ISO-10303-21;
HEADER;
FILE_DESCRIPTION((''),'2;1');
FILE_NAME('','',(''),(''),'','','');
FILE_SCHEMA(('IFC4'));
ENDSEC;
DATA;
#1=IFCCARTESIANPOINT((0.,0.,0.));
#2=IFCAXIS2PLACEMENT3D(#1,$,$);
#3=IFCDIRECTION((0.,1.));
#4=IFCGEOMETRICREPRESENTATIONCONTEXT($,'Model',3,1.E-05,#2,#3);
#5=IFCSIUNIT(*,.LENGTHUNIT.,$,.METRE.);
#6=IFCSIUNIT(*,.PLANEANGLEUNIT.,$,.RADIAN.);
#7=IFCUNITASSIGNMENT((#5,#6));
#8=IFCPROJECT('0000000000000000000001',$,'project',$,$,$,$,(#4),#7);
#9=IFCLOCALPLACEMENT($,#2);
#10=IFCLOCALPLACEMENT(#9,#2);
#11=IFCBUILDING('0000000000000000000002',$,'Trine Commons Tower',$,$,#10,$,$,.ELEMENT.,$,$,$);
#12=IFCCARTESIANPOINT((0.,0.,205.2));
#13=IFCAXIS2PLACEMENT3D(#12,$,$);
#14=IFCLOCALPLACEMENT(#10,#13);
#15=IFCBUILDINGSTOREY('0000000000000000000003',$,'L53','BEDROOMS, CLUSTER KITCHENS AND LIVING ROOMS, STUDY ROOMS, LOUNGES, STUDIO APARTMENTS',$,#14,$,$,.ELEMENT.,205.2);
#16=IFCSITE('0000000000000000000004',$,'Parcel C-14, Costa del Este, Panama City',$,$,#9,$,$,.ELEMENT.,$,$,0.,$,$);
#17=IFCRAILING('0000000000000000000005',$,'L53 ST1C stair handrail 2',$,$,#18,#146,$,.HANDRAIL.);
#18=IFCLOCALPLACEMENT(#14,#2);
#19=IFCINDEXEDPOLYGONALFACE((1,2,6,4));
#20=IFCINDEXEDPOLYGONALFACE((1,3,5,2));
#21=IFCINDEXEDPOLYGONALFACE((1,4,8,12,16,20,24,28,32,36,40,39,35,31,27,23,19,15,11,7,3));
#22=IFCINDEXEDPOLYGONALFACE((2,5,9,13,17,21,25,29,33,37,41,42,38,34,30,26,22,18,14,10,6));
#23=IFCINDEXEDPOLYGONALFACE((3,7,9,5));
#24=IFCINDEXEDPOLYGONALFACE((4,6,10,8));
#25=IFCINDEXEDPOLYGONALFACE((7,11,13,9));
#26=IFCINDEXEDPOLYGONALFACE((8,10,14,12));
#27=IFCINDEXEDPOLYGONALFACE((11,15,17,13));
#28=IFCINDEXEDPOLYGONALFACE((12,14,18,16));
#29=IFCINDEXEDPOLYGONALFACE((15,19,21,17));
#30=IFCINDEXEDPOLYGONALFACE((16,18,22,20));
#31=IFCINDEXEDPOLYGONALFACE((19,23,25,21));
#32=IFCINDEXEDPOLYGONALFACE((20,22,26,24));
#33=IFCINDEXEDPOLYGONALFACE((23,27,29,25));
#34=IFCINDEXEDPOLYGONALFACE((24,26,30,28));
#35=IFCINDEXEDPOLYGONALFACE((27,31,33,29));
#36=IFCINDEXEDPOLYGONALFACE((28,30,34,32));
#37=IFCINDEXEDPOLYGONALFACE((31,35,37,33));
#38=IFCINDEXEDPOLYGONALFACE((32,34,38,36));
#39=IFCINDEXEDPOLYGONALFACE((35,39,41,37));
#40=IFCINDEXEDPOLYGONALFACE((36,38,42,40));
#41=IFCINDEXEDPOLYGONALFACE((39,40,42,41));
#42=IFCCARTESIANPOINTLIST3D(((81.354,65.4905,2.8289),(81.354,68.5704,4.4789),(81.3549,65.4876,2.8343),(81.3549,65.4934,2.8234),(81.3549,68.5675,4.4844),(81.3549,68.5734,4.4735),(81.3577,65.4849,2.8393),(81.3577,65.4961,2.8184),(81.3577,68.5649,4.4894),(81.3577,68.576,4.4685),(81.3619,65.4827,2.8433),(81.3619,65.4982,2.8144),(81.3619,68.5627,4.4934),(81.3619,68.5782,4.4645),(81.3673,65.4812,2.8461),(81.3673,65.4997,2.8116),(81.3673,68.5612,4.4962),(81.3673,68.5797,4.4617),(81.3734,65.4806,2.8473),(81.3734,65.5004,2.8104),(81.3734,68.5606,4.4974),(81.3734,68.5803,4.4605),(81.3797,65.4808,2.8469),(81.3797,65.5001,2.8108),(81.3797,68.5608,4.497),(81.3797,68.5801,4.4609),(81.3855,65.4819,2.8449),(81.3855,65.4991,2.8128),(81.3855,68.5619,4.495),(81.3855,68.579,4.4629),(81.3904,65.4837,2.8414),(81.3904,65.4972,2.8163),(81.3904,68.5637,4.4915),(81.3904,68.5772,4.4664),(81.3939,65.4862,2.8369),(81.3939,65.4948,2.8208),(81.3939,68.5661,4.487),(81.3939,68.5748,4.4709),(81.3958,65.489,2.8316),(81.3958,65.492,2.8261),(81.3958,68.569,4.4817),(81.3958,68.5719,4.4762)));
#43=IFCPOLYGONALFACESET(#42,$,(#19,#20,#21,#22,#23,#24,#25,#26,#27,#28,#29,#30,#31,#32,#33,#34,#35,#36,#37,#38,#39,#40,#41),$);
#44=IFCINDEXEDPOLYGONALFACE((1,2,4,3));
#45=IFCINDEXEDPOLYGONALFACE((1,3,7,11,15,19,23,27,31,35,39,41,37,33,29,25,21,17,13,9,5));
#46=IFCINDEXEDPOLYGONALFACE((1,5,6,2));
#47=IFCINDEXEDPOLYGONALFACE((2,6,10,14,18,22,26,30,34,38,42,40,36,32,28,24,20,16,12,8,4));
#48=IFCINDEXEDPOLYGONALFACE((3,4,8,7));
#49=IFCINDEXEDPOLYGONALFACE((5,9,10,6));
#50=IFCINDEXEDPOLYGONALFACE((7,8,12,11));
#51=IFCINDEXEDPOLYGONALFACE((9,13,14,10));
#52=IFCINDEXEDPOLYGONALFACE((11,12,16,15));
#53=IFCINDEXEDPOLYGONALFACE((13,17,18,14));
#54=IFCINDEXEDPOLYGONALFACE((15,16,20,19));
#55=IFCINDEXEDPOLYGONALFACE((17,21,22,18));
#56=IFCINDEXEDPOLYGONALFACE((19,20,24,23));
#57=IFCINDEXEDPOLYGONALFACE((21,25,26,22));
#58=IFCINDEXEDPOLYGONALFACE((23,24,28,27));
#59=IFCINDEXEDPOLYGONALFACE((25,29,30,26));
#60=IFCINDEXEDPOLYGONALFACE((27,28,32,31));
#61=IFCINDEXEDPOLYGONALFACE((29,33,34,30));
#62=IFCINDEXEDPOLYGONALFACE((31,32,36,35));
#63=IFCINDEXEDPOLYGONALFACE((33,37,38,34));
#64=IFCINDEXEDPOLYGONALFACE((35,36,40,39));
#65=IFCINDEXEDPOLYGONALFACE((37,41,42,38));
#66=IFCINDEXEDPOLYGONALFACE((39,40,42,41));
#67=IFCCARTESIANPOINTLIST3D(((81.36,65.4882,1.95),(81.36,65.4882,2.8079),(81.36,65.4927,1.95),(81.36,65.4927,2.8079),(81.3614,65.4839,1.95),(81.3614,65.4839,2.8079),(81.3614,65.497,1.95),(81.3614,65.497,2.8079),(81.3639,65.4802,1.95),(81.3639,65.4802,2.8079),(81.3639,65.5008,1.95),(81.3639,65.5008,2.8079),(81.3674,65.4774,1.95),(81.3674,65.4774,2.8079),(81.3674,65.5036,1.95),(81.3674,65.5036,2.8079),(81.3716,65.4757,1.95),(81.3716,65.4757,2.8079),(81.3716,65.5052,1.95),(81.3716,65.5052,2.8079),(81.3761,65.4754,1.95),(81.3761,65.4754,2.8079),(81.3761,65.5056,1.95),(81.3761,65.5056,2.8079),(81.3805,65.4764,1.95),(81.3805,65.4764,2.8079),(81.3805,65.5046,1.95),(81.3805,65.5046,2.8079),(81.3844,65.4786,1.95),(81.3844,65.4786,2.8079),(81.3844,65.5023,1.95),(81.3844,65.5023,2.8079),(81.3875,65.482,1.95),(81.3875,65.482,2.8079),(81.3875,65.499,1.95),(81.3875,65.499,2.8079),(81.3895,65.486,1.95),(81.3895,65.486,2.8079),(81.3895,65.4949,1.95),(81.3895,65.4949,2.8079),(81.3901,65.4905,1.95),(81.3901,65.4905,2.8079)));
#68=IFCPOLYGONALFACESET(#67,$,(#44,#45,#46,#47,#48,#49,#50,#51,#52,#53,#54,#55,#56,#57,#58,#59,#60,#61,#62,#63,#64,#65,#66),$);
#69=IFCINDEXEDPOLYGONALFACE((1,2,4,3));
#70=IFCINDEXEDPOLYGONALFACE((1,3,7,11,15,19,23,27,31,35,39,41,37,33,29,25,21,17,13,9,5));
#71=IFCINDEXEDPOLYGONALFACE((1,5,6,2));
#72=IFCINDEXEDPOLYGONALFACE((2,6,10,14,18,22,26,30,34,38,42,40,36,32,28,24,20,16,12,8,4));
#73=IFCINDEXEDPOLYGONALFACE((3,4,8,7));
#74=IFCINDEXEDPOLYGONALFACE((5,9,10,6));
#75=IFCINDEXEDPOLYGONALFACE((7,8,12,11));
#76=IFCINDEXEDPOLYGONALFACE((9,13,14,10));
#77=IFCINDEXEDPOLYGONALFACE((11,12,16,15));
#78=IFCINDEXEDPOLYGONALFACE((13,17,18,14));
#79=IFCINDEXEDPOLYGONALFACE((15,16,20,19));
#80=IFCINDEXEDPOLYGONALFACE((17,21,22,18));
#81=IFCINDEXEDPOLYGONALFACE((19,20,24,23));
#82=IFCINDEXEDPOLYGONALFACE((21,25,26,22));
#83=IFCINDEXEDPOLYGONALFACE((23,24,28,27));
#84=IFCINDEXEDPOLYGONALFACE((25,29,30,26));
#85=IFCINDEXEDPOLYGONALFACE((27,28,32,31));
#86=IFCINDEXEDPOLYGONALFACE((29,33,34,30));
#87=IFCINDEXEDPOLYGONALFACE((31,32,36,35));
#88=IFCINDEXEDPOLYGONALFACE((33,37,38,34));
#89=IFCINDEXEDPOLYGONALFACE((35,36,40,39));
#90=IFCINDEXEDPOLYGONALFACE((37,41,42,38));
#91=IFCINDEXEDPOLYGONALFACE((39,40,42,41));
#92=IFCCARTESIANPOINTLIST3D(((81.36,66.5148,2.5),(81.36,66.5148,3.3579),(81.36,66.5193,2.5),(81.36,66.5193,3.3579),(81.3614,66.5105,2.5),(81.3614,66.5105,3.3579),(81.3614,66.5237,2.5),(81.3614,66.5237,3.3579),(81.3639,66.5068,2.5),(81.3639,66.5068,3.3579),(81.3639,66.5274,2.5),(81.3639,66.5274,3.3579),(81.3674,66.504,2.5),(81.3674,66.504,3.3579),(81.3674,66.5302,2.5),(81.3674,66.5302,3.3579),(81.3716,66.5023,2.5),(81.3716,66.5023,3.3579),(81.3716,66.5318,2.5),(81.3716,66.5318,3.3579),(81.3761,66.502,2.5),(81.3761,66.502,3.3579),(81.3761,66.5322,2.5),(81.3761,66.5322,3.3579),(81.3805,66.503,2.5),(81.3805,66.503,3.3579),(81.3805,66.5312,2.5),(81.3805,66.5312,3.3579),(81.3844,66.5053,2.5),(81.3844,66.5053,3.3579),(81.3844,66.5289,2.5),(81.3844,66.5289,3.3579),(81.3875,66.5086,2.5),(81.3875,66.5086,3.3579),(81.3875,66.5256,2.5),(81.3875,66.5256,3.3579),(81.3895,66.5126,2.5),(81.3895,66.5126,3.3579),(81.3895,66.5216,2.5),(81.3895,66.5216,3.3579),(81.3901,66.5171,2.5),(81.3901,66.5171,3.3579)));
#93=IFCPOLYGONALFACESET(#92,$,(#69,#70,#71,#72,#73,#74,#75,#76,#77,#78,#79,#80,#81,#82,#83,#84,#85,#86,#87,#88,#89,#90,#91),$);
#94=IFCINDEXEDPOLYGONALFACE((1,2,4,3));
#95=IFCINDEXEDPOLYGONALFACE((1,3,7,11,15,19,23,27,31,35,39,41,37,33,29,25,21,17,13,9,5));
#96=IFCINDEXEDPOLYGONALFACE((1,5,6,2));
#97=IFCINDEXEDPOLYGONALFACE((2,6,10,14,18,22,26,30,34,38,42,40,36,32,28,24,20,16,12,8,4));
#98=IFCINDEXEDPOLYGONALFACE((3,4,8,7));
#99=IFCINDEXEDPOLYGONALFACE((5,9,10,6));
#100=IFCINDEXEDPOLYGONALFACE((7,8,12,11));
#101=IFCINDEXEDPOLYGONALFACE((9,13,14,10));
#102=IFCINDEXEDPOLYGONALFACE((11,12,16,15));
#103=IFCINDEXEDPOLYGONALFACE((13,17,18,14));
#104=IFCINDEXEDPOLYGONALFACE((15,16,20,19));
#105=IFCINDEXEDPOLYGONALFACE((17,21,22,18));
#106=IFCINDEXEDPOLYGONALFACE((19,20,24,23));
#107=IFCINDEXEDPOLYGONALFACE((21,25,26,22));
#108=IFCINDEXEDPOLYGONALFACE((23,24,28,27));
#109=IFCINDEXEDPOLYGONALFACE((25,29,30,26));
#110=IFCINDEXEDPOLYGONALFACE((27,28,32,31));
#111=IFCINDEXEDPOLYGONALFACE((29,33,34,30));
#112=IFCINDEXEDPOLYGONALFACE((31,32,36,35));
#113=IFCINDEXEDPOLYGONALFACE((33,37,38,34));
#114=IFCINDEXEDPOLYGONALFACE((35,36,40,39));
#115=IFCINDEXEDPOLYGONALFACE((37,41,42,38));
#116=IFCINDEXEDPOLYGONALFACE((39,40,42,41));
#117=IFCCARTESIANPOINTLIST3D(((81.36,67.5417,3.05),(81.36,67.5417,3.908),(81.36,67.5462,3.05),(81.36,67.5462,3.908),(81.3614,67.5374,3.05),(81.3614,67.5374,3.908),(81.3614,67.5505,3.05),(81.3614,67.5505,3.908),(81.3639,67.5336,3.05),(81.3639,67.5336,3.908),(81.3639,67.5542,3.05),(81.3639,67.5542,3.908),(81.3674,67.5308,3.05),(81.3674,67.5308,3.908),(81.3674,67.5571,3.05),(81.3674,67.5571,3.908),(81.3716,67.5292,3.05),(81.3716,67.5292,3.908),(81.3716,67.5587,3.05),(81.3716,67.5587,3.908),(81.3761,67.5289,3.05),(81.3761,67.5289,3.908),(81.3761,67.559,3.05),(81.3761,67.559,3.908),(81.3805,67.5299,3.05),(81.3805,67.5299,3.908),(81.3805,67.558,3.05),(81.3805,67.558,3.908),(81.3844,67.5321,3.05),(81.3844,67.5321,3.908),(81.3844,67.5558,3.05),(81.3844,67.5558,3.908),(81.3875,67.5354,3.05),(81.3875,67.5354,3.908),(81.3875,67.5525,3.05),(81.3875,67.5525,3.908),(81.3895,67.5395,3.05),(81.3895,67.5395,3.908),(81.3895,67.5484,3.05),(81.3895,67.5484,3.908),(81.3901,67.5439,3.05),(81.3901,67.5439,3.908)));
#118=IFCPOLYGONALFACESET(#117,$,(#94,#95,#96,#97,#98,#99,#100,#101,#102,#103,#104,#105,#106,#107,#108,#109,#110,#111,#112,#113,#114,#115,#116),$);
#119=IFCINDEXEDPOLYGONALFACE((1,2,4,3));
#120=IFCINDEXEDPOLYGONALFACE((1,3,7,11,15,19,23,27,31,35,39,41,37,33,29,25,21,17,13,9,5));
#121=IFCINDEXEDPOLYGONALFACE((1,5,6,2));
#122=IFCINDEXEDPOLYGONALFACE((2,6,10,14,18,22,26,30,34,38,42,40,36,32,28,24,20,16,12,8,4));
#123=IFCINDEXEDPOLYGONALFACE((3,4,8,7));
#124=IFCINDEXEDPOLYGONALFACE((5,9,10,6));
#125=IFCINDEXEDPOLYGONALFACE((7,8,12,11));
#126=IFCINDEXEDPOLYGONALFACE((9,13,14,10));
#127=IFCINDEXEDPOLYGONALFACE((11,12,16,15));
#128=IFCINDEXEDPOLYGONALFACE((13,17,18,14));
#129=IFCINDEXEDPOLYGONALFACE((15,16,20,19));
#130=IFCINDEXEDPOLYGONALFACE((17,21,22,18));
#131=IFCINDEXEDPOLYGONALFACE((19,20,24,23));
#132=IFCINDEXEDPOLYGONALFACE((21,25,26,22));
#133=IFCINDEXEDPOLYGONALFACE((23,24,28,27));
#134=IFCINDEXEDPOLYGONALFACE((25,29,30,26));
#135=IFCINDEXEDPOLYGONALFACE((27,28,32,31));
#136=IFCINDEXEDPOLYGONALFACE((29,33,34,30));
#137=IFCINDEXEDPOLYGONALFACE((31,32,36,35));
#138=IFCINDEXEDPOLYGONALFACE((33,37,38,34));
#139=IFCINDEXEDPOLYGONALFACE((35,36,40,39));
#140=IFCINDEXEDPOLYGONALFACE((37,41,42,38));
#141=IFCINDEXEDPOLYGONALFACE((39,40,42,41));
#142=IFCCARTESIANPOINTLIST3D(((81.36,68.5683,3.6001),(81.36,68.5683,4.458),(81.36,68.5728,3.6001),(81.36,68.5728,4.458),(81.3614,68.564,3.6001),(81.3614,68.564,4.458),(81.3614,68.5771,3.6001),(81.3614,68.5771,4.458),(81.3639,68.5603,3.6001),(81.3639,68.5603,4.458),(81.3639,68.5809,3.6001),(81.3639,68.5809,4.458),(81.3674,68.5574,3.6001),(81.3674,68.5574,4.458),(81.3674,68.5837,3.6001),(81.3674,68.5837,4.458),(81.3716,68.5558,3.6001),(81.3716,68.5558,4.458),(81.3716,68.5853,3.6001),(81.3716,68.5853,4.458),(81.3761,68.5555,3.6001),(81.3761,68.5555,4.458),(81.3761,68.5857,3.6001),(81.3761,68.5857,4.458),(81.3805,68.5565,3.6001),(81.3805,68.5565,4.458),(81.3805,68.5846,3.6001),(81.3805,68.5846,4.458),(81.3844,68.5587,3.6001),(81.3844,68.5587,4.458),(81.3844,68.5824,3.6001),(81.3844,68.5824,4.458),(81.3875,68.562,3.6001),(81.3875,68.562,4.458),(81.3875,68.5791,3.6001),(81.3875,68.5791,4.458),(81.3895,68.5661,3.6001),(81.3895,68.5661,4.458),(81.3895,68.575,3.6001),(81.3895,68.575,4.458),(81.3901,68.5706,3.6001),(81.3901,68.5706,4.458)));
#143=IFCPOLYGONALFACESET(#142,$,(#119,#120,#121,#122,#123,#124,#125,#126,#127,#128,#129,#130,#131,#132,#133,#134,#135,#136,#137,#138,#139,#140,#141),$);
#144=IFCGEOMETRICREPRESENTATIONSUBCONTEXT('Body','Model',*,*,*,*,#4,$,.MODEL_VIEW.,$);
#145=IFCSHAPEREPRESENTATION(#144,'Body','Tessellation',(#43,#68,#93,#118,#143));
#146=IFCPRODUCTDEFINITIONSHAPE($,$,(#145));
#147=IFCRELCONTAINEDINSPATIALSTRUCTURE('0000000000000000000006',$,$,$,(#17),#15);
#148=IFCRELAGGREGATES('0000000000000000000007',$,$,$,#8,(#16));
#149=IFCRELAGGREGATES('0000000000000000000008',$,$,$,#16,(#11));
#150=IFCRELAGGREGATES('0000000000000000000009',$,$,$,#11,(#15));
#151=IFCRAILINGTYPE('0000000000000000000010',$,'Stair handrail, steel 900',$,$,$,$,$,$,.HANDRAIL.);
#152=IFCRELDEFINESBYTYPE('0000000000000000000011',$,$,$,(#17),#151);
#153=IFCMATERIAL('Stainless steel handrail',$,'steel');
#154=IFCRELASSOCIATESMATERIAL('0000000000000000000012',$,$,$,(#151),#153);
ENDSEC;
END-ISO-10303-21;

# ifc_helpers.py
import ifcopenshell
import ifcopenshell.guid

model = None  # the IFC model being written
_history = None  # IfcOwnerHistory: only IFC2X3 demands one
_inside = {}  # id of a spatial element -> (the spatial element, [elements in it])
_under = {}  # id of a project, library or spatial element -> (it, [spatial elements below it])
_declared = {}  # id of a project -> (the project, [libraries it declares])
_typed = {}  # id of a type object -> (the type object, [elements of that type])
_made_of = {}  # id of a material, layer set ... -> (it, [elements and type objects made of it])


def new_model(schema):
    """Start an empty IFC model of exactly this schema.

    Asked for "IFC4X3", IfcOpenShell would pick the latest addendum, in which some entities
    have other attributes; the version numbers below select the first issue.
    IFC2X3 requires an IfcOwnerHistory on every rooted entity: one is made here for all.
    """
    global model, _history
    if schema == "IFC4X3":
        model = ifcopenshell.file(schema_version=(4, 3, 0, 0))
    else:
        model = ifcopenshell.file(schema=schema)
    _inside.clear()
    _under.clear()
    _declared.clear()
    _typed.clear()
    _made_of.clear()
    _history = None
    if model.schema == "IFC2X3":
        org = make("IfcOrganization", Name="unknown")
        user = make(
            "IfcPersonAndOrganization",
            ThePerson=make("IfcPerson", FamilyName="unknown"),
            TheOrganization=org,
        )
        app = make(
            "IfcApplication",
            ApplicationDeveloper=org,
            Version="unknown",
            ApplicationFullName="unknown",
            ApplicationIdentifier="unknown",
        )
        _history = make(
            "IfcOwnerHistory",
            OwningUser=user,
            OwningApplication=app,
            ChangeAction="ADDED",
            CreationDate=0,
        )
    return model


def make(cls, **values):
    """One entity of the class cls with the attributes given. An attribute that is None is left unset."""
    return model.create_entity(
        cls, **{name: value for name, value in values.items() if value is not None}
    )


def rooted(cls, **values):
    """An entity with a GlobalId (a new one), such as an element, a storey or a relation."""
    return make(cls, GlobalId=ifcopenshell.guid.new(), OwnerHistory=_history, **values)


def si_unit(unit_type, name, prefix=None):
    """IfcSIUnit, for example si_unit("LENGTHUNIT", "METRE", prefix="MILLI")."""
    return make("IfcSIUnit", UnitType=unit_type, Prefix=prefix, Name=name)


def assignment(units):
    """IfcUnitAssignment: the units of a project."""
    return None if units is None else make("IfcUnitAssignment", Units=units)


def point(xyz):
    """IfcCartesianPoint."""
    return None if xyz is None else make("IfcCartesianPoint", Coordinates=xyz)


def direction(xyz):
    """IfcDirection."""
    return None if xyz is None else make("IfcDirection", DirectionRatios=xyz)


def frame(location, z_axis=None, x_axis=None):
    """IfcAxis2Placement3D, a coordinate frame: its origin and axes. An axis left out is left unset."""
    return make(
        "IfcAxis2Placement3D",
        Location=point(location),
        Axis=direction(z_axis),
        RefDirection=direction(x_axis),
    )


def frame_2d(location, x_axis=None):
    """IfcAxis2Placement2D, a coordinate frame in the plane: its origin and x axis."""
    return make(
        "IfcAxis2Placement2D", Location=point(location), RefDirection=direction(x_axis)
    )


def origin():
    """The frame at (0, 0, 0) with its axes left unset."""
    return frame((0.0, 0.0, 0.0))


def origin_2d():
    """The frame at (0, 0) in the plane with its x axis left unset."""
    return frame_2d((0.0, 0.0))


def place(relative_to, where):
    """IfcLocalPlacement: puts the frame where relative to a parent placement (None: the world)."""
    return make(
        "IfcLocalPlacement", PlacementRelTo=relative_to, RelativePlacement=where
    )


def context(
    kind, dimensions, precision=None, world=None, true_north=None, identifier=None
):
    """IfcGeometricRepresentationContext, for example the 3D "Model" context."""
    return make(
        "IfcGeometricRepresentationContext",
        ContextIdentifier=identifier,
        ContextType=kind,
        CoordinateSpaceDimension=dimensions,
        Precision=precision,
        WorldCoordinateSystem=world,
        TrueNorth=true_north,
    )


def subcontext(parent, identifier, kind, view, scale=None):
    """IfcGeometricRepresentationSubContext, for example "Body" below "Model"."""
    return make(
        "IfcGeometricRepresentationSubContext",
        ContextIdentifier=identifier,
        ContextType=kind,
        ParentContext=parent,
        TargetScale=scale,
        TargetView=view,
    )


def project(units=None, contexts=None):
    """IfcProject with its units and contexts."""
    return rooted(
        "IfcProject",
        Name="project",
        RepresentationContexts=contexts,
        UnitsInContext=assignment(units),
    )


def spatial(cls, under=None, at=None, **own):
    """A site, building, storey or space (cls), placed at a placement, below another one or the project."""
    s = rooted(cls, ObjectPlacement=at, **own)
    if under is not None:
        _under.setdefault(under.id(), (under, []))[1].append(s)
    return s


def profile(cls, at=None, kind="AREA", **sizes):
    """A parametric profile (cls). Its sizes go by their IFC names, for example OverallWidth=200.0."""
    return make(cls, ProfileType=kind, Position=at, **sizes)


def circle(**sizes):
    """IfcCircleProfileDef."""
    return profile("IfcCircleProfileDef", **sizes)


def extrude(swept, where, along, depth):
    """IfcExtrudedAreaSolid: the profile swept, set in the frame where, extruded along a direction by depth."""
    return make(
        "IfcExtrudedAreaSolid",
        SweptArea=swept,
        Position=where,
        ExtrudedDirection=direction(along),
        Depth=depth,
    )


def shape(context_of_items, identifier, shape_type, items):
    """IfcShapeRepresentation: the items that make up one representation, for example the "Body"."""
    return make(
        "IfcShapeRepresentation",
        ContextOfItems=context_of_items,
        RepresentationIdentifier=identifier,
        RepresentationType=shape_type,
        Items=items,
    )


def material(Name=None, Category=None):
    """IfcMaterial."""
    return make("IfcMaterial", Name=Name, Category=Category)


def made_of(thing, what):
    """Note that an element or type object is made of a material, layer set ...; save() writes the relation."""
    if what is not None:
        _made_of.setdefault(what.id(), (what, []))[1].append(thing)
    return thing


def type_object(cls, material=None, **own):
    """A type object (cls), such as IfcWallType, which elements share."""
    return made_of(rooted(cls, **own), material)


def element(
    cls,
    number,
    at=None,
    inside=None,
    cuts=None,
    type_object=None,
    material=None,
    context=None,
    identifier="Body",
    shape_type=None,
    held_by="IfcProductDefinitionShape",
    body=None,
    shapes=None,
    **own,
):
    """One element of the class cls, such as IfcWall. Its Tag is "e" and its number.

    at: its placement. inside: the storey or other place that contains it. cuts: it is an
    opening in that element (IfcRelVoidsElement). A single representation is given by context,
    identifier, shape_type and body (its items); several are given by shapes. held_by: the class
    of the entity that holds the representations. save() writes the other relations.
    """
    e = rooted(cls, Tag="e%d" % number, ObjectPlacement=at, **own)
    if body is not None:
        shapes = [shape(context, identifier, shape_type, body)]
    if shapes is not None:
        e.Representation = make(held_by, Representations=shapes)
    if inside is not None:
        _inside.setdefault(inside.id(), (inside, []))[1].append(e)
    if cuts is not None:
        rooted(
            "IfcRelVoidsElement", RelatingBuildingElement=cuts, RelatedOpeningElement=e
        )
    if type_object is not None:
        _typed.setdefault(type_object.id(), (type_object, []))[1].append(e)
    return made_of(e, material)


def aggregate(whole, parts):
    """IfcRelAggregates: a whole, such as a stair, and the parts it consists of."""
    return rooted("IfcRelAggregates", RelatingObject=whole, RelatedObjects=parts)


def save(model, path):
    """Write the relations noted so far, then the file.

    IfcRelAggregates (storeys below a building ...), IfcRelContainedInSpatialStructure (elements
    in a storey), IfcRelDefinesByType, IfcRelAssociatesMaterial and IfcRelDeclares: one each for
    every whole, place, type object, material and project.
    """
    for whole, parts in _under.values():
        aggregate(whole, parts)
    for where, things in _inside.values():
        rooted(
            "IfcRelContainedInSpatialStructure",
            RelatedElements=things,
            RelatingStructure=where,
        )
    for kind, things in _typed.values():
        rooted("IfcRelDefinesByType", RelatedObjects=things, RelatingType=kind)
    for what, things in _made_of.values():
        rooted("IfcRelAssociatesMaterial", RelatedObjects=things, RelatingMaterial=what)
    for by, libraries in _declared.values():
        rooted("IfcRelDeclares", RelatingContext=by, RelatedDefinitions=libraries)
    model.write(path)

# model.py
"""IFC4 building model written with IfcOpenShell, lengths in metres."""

from ifc_helpers import new_model, si_unit, direction, frame, origin, origin_2d, place, context, subcontext, project, spatial, circle, extrude, material, type_object, element, save


model = new_model("IFC4")

# Units and contexts
model_context = context("Model", 3, precision=1e-05, world=origin(), true_north=direction((0.0, 1.0)))
body_context = subcontext(model_context, "Body", "Model", "MODEL_VIEW")
ifc_project = project(units=[si_unit("LENGTHUNIT", "METRE"), si_unit("PLANEANGLEUNIT", "RADIAN")], contexts=[model_context])

# Site, building, storey
site_placement = place(None, origin())
site = spatial("IfcSite", under=ifc_project, at=site_placement, Name="Parcel C-14, Costa del Este, Panama City", CompositionType="ELEMENT", RefElevation=0.0)
building_placement = place(site_placement, origin())
building = spatial("IfcBuilding", under=site, at=building_placement, Name="Trine Commons Tower", CompositionType="ELEMENT")
storey_placement = place(building_placement, frame((0.0, 0.0, 205.2)))
storey = spatial("IfcBuildingStorey", under=building, at=storey_placement, Name="L53", Description="BEDROOMS, CLUSTER KITCHENS AND LIVING ROOMS, STUDY ROOMS, LOUNGES, STUDIO APARTMENTS", CompositionType="ELEMENT", Elevation=205.2)

# Railing
ifc_material_1 = material(Name="Stainless steel handrail", Category="steel")
railing_type_1 = type_object("IfcRailingType", Name="Stair handrail, steel 900", PredefinedType="HANDRAIL", material=ifc_material_1)
railing_1_placement = place(storey_placement, frame((81.375, 65.4905, 1.95)))
element("IfcRailing", 1, at=railing_1_placement, inside=storey, type_object=railing_type_1, Name="L53 ST1C stair handrail 2", PredefinedType="HANDRAIL", context=body_context, shape_type="SweptSolid", body=[
    extrude(circle(Radius=0.021, at=origin_2d()), frame((0.0, 0.0, 0.8789), z_axis=(0.0, 0.881468, 0.472245), x_axis=(-1.0, 0.0, 0.0)), (0.0, 0.0, 1.0), 3.4941),
    extrude(circle(Radius=0.0151, at=origin_2d()), origin(), (0.0, 0.0, 1.0), 0.8579),
    extrude(circle(Radius=0.0151, at=origin_2d()), frame((0.0, 1.0266, 0.55)), (0.0, 0.0, 1.0), 0.8579),
    extrude(circle(Radius=0.0151, at=origin_2d()), frame((0.0, 2.0535, 1.1001)), (0.0, 0.0, 1.0), 0.8579),
    extrude(circle(Radius=0.0151, at=origin_2d()), frame((0.0, 3.0801, 1.6501)), (0.0, 0.0, 1.0), 0.8579),
])

save(model, "model.ifc")
